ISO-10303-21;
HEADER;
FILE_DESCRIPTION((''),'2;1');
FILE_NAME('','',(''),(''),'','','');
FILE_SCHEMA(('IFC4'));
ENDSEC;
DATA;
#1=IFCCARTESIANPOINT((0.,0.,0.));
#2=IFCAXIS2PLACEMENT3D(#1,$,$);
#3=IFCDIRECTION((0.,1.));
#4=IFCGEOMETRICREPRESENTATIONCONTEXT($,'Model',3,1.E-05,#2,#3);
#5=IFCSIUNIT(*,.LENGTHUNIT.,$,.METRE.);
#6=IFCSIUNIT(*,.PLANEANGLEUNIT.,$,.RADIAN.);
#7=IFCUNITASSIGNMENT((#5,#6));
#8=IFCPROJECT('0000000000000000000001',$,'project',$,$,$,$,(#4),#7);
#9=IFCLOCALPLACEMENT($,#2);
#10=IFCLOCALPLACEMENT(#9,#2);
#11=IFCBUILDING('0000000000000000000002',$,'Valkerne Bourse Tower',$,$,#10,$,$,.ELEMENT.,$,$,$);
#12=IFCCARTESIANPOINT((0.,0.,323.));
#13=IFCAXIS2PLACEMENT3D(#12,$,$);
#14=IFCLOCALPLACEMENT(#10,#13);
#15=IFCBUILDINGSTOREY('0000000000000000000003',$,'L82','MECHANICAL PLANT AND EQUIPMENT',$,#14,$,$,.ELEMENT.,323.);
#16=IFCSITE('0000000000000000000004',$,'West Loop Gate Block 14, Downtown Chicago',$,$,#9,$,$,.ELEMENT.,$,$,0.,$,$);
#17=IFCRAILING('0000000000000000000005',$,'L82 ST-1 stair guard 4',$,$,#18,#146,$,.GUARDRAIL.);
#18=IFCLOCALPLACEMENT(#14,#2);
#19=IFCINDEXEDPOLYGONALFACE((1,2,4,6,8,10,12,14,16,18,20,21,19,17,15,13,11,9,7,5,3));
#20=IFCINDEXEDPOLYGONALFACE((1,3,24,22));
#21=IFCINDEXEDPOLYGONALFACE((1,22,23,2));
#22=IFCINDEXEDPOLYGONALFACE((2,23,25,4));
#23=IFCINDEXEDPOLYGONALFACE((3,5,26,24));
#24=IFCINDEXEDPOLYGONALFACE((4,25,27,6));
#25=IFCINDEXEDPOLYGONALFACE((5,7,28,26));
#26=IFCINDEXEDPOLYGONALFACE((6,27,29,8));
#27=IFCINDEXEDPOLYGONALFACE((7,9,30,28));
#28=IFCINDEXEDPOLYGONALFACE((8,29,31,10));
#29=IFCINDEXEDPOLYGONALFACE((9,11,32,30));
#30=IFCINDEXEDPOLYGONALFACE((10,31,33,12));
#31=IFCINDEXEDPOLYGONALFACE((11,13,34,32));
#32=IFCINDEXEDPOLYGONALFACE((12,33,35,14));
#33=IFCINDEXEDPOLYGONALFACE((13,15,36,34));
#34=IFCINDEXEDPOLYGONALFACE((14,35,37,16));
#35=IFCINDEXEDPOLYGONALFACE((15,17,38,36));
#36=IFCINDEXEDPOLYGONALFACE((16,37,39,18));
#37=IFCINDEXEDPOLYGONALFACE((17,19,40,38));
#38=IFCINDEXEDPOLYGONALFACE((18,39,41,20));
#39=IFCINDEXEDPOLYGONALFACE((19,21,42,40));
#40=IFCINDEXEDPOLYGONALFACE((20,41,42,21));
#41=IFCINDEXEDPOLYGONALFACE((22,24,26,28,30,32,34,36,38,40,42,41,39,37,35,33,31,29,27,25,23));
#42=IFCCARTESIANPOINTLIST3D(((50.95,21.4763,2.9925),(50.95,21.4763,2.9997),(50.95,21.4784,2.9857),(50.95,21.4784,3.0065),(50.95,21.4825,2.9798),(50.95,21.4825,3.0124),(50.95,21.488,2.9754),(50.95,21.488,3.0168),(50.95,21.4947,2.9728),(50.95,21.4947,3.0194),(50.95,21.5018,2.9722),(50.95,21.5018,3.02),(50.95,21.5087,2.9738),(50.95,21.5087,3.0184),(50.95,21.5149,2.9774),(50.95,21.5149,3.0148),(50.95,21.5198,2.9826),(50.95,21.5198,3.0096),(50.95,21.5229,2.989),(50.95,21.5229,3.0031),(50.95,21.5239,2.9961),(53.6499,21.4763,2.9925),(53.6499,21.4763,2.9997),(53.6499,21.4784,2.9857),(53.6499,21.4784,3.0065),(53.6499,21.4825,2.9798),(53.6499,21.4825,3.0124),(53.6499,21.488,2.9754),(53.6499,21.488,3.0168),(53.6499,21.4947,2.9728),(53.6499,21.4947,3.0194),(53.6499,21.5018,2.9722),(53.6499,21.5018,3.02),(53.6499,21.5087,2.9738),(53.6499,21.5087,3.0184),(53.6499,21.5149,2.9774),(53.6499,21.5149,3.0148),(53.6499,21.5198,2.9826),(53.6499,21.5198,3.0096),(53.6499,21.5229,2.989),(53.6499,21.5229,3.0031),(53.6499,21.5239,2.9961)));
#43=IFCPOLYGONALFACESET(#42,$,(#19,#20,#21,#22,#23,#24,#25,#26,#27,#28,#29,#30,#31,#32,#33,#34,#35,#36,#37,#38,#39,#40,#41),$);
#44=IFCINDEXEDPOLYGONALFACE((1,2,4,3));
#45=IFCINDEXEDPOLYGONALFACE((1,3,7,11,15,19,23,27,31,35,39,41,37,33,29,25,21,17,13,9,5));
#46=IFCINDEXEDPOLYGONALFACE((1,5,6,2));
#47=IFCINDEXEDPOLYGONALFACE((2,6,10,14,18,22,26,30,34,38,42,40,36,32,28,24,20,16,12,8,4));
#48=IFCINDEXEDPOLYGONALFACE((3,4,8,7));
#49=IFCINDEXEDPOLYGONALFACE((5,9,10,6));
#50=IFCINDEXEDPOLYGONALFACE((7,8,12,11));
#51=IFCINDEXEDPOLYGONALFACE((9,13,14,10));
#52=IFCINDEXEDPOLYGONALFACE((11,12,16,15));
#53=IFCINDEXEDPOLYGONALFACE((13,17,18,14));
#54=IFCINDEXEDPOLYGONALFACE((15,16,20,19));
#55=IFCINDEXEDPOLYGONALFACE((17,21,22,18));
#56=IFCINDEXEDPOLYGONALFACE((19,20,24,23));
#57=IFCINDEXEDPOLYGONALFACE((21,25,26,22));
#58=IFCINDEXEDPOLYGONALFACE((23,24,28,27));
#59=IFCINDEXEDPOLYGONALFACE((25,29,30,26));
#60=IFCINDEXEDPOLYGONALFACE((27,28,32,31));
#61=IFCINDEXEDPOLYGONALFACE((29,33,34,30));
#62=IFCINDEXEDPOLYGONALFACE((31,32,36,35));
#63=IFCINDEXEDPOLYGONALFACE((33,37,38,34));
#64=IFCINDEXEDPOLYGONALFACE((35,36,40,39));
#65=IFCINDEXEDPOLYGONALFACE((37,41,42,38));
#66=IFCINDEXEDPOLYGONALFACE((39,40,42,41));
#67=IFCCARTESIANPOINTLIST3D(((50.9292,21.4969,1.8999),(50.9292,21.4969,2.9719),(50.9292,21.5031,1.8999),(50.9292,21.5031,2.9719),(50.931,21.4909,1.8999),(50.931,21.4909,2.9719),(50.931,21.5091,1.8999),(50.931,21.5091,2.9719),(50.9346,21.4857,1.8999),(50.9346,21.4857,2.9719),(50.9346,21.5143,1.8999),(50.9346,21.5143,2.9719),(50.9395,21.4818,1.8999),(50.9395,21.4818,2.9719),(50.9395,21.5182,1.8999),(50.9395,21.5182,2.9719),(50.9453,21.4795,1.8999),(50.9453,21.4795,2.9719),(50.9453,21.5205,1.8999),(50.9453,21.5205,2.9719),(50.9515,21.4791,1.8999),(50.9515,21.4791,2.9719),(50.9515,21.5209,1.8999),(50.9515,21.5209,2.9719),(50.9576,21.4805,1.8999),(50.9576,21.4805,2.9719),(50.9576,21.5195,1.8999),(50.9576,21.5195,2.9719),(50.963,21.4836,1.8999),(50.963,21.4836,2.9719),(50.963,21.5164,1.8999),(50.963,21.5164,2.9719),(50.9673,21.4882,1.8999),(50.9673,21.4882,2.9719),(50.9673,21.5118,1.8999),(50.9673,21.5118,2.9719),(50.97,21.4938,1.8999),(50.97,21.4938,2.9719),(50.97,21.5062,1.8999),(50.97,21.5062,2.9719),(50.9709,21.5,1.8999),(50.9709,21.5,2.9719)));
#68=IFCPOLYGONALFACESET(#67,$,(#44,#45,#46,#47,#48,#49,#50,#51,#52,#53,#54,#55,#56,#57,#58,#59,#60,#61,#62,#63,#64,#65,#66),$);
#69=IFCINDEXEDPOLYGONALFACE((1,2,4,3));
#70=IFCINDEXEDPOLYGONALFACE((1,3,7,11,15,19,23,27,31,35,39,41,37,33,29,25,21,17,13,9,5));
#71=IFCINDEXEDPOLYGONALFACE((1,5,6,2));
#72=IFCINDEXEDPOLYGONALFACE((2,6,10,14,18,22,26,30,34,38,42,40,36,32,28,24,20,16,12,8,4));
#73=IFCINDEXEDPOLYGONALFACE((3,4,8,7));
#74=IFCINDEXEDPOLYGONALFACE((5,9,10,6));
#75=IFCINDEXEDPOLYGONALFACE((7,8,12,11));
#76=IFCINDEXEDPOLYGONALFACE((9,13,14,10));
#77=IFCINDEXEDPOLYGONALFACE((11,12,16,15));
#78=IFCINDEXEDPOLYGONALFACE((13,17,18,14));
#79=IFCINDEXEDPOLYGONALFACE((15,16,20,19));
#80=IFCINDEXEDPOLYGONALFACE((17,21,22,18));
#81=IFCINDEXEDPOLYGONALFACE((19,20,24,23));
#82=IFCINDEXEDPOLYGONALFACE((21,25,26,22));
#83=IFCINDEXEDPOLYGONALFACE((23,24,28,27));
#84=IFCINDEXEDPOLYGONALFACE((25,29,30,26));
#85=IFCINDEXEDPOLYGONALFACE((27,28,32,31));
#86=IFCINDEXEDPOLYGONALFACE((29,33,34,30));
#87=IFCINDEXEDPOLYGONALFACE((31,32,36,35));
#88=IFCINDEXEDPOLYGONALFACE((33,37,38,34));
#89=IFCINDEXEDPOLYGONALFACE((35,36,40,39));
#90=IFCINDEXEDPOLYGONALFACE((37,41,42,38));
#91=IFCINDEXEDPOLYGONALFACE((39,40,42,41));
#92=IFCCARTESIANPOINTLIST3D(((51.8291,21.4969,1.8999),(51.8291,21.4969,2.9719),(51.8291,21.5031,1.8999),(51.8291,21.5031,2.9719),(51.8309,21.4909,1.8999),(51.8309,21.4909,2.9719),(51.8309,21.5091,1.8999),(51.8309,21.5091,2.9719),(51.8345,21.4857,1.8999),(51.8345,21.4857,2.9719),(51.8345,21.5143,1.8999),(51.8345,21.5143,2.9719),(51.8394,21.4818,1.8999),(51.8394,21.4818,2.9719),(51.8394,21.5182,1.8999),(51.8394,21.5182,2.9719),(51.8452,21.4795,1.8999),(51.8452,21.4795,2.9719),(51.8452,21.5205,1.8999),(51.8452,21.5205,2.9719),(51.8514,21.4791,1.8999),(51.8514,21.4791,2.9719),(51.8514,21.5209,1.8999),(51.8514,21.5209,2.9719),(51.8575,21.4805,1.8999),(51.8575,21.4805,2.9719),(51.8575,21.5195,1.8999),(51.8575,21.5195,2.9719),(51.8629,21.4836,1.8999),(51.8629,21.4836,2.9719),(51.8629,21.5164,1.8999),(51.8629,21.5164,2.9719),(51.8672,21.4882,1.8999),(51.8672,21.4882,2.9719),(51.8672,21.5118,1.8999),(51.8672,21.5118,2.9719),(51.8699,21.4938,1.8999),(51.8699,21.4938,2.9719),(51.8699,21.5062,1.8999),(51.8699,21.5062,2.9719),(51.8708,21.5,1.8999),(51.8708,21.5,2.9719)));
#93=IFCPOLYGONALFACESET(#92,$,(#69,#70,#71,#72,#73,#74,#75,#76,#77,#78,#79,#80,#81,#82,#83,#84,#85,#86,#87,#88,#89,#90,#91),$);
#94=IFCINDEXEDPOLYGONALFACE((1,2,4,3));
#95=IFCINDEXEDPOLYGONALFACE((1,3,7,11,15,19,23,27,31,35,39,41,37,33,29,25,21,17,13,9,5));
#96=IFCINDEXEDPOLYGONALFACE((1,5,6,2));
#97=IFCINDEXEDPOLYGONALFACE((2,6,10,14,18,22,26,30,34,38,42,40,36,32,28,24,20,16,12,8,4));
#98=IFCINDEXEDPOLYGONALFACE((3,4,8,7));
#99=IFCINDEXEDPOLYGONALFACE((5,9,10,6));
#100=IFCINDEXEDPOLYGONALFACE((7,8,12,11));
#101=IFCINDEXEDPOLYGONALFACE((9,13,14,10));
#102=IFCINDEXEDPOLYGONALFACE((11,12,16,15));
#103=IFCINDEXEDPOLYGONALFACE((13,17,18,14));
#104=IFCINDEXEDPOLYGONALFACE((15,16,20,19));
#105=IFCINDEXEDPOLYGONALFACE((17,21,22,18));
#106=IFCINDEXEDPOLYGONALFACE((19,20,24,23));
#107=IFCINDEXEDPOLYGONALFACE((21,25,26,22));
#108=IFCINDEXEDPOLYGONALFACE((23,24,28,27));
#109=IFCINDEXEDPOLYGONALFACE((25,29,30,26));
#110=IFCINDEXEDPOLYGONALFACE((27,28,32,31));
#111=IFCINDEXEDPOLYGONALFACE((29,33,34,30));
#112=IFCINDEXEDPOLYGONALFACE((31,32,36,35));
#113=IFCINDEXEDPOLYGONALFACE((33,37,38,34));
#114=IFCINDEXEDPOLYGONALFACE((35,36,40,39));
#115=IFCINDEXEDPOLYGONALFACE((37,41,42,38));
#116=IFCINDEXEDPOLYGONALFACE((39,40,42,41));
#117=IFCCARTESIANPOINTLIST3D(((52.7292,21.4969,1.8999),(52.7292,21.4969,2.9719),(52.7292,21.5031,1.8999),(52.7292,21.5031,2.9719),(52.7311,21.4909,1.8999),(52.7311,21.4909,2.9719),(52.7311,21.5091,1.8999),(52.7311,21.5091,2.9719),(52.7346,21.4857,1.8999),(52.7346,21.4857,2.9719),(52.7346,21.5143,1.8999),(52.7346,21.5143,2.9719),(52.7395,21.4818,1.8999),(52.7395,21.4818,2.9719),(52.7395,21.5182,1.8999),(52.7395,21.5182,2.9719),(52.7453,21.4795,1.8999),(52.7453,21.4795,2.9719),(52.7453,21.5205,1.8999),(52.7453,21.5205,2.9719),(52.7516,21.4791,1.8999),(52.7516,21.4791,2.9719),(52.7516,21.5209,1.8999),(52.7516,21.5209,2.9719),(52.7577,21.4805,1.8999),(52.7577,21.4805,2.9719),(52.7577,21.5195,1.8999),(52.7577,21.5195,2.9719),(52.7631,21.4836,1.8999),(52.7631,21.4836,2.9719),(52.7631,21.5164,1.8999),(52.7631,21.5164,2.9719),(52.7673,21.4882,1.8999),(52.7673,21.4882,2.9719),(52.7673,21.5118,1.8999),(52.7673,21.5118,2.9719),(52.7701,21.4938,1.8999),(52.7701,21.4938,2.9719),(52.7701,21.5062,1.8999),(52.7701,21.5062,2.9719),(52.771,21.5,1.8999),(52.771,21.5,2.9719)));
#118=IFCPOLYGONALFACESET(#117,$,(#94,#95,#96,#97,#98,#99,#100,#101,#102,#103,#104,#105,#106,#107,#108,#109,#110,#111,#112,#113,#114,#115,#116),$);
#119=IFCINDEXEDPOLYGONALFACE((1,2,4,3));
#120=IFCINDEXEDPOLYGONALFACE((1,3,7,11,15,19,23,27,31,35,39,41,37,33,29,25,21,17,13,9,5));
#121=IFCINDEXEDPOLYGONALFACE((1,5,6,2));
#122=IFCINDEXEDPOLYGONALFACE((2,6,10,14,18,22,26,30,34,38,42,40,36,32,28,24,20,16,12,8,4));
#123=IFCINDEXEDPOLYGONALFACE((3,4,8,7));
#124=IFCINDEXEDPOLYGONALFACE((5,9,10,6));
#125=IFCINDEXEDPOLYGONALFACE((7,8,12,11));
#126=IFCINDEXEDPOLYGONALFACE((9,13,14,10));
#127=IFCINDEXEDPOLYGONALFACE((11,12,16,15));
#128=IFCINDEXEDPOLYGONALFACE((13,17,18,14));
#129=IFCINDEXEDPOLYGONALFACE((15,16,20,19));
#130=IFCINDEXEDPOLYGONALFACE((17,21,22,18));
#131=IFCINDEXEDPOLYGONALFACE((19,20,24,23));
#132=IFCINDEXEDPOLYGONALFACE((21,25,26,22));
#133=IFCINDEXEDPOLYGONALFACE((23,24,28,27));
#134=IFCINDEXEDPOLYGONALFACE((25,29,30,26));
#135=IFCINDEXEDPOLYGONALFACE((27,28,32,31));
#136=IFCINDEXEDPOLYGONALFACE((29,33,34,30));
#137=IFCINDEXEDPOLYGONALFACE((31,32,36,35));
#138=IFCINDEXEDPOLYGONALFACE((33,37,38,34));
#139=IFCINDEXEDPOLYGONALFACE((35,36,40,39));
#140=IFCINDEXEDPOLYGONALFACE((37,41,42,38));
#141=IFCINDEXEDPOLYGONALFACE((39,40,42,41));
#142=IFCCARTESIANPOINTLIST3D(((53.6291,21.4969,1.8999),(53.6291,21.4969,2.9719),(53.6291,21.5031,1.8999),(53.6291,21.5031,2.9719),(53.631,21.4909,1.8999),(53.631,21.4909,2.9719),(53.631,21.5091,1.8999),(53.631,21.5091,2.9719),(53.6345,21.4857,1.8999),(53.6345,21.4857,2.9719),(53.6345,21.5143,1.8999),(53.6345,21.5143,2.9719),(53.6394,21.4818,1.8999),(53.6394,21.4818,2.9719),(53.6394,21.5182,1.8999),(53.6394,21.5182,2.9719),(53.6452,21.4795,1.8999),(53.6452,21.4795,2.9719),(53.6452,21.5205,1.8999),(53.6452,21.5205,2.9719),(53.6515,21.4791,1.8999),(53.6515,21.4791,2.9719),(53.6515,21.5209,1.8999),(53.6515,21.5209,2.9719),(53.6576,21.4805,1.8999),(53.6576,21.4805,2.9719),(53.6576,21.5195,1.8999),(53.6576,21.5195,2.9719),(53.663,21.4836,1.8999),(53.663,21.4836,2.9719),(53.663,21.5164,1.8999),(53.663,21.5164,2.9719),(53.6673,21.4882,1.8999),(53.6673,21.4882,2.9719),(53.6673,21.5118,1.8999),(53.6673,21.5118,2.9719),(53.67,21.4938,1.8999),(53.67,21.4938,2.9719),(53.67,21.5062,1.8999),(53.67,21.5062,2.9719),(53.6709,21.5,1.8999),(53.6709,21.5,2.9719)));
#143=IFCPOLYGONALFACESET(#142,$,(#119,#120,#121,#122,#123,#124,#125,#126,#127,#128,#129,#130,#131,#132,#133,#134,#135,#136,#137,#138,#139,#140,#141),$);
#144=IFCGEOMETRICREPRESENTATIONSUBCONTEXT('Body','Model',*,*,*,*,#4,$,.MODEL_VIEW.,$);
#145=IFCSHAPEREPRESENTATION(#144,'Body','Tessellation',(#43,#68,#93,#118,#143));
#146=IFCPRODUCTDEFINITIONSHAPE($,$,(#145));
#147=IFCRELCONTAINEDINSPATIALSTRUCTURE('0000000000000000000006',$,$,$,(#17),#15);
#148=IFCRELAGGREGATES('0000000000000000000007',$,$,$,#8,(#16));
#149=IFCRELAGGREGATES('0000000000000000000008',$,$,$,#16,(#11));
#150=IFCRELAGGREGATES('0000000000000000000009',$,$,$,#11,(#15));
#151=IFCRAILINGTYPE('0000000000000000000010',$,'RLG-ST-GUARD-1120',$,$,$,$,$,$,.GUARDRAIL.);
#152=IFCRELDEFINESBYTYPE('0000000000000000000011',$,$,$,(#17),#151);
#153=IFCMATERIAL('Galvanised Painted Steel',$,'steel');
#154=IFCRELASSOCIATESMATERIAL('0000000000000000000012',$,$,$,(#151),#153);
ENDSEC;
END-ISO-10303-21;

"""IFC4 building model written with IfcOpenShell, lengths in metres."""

from ifc_helpers import new_model, si_unit, direction, frame, origin, origin_2d, place, context, subcontext, project, spatial, circle, extrude, material, type_object, element, save


model = new_model("IFC4")

# Units and contexts
model_context = context("Model", 3, precision=1e-05, world=origin(), true_north=direction((0.0, 1.0)))
body_context = subcontext(model_context, "Body", "Model", "MODEL_VIEW")
ifc_project = project(units=[si_unit("LENGTHUNIT", "METRE"), si_unit("PLANEANGLEUNIT", "RADIAN")], contexts=[model_context])

# Site, building, storey
site_placement = place(None, origin())
site = spatial("IfcSite", under=ifc_project, at=site_placement, Name="West Loop Gate Block 14, Downtown Chicago", CompositionType="ELEMENT", RefElevation=0.0)
building_placement = place(site_placement, origin())
building = spatial("IfcBuilding", under=site, at=building_placement, Name="Valkerne Bourse Tower", CompositionType="ELEMENT")
storey_placement = place(building_placement, frame((0.0, 0.0, 323.0)))
storey = spatial("IfcBuildingStorey", under=building, at=storey_placement, Name="L82", Description="MECHANICAL PLANT AND EQUIPMENT", CompositionType="ELEMENT", Elevation=323.0)

# Railing
ifc_material_1 = material(Name="Galvanised Painted Steel", Category="steel")
railing_type_1 = type_object("IfcRailingType", Name="RLG-ST-GUARD-1120", PredefinedType="GUARDRAIL", material=ifc_material_1)
for number, where, name in (
    (1, (50.95, 21.5, 1.8999), "L82 ST-1 stair guard 4"),
):
    element("IfcRailing", number, at=place(storey_placement, frame(where)), inside=storey, type_object=railing_type_1, Name=name, PredefinedType="GUARDRAIL", context=body_context, shape_type="SweptSolid", body=[
        extrude(circle(Radius=0.0239, at=origin_2d()), frame((0.0, 0.0, 1.0962), z_axis=(1.0, 0.0, 0.0), x_axis=(0.0, 1.0, 0.0)), (0.0, 0.0, 1.0), 2.7),
        extrude(circle(Radius=0.021, at=origin_2d()), origin(), (0.0, 0.0, 1.0), 1.072),
        extrude(circle(Radius=0.021, at=origin_2d()), frame((0.8999, 0.0, 0.0)), (0.0, 0.0, 1.0), 1.072),
        extrude(circle(Radius=0.021, at=origin_2d()), frame((1.8, 0.0, 0.0)), (0.0, 0.0, 1.0), 1.072),
        extrude(circle(Radius=0.021, at=origin_2d()), frame((2.7, 0.0, 0.0)), (0.0, 0.0, 1.0), 1.072),
    ])

save(model, "model.ifc")
